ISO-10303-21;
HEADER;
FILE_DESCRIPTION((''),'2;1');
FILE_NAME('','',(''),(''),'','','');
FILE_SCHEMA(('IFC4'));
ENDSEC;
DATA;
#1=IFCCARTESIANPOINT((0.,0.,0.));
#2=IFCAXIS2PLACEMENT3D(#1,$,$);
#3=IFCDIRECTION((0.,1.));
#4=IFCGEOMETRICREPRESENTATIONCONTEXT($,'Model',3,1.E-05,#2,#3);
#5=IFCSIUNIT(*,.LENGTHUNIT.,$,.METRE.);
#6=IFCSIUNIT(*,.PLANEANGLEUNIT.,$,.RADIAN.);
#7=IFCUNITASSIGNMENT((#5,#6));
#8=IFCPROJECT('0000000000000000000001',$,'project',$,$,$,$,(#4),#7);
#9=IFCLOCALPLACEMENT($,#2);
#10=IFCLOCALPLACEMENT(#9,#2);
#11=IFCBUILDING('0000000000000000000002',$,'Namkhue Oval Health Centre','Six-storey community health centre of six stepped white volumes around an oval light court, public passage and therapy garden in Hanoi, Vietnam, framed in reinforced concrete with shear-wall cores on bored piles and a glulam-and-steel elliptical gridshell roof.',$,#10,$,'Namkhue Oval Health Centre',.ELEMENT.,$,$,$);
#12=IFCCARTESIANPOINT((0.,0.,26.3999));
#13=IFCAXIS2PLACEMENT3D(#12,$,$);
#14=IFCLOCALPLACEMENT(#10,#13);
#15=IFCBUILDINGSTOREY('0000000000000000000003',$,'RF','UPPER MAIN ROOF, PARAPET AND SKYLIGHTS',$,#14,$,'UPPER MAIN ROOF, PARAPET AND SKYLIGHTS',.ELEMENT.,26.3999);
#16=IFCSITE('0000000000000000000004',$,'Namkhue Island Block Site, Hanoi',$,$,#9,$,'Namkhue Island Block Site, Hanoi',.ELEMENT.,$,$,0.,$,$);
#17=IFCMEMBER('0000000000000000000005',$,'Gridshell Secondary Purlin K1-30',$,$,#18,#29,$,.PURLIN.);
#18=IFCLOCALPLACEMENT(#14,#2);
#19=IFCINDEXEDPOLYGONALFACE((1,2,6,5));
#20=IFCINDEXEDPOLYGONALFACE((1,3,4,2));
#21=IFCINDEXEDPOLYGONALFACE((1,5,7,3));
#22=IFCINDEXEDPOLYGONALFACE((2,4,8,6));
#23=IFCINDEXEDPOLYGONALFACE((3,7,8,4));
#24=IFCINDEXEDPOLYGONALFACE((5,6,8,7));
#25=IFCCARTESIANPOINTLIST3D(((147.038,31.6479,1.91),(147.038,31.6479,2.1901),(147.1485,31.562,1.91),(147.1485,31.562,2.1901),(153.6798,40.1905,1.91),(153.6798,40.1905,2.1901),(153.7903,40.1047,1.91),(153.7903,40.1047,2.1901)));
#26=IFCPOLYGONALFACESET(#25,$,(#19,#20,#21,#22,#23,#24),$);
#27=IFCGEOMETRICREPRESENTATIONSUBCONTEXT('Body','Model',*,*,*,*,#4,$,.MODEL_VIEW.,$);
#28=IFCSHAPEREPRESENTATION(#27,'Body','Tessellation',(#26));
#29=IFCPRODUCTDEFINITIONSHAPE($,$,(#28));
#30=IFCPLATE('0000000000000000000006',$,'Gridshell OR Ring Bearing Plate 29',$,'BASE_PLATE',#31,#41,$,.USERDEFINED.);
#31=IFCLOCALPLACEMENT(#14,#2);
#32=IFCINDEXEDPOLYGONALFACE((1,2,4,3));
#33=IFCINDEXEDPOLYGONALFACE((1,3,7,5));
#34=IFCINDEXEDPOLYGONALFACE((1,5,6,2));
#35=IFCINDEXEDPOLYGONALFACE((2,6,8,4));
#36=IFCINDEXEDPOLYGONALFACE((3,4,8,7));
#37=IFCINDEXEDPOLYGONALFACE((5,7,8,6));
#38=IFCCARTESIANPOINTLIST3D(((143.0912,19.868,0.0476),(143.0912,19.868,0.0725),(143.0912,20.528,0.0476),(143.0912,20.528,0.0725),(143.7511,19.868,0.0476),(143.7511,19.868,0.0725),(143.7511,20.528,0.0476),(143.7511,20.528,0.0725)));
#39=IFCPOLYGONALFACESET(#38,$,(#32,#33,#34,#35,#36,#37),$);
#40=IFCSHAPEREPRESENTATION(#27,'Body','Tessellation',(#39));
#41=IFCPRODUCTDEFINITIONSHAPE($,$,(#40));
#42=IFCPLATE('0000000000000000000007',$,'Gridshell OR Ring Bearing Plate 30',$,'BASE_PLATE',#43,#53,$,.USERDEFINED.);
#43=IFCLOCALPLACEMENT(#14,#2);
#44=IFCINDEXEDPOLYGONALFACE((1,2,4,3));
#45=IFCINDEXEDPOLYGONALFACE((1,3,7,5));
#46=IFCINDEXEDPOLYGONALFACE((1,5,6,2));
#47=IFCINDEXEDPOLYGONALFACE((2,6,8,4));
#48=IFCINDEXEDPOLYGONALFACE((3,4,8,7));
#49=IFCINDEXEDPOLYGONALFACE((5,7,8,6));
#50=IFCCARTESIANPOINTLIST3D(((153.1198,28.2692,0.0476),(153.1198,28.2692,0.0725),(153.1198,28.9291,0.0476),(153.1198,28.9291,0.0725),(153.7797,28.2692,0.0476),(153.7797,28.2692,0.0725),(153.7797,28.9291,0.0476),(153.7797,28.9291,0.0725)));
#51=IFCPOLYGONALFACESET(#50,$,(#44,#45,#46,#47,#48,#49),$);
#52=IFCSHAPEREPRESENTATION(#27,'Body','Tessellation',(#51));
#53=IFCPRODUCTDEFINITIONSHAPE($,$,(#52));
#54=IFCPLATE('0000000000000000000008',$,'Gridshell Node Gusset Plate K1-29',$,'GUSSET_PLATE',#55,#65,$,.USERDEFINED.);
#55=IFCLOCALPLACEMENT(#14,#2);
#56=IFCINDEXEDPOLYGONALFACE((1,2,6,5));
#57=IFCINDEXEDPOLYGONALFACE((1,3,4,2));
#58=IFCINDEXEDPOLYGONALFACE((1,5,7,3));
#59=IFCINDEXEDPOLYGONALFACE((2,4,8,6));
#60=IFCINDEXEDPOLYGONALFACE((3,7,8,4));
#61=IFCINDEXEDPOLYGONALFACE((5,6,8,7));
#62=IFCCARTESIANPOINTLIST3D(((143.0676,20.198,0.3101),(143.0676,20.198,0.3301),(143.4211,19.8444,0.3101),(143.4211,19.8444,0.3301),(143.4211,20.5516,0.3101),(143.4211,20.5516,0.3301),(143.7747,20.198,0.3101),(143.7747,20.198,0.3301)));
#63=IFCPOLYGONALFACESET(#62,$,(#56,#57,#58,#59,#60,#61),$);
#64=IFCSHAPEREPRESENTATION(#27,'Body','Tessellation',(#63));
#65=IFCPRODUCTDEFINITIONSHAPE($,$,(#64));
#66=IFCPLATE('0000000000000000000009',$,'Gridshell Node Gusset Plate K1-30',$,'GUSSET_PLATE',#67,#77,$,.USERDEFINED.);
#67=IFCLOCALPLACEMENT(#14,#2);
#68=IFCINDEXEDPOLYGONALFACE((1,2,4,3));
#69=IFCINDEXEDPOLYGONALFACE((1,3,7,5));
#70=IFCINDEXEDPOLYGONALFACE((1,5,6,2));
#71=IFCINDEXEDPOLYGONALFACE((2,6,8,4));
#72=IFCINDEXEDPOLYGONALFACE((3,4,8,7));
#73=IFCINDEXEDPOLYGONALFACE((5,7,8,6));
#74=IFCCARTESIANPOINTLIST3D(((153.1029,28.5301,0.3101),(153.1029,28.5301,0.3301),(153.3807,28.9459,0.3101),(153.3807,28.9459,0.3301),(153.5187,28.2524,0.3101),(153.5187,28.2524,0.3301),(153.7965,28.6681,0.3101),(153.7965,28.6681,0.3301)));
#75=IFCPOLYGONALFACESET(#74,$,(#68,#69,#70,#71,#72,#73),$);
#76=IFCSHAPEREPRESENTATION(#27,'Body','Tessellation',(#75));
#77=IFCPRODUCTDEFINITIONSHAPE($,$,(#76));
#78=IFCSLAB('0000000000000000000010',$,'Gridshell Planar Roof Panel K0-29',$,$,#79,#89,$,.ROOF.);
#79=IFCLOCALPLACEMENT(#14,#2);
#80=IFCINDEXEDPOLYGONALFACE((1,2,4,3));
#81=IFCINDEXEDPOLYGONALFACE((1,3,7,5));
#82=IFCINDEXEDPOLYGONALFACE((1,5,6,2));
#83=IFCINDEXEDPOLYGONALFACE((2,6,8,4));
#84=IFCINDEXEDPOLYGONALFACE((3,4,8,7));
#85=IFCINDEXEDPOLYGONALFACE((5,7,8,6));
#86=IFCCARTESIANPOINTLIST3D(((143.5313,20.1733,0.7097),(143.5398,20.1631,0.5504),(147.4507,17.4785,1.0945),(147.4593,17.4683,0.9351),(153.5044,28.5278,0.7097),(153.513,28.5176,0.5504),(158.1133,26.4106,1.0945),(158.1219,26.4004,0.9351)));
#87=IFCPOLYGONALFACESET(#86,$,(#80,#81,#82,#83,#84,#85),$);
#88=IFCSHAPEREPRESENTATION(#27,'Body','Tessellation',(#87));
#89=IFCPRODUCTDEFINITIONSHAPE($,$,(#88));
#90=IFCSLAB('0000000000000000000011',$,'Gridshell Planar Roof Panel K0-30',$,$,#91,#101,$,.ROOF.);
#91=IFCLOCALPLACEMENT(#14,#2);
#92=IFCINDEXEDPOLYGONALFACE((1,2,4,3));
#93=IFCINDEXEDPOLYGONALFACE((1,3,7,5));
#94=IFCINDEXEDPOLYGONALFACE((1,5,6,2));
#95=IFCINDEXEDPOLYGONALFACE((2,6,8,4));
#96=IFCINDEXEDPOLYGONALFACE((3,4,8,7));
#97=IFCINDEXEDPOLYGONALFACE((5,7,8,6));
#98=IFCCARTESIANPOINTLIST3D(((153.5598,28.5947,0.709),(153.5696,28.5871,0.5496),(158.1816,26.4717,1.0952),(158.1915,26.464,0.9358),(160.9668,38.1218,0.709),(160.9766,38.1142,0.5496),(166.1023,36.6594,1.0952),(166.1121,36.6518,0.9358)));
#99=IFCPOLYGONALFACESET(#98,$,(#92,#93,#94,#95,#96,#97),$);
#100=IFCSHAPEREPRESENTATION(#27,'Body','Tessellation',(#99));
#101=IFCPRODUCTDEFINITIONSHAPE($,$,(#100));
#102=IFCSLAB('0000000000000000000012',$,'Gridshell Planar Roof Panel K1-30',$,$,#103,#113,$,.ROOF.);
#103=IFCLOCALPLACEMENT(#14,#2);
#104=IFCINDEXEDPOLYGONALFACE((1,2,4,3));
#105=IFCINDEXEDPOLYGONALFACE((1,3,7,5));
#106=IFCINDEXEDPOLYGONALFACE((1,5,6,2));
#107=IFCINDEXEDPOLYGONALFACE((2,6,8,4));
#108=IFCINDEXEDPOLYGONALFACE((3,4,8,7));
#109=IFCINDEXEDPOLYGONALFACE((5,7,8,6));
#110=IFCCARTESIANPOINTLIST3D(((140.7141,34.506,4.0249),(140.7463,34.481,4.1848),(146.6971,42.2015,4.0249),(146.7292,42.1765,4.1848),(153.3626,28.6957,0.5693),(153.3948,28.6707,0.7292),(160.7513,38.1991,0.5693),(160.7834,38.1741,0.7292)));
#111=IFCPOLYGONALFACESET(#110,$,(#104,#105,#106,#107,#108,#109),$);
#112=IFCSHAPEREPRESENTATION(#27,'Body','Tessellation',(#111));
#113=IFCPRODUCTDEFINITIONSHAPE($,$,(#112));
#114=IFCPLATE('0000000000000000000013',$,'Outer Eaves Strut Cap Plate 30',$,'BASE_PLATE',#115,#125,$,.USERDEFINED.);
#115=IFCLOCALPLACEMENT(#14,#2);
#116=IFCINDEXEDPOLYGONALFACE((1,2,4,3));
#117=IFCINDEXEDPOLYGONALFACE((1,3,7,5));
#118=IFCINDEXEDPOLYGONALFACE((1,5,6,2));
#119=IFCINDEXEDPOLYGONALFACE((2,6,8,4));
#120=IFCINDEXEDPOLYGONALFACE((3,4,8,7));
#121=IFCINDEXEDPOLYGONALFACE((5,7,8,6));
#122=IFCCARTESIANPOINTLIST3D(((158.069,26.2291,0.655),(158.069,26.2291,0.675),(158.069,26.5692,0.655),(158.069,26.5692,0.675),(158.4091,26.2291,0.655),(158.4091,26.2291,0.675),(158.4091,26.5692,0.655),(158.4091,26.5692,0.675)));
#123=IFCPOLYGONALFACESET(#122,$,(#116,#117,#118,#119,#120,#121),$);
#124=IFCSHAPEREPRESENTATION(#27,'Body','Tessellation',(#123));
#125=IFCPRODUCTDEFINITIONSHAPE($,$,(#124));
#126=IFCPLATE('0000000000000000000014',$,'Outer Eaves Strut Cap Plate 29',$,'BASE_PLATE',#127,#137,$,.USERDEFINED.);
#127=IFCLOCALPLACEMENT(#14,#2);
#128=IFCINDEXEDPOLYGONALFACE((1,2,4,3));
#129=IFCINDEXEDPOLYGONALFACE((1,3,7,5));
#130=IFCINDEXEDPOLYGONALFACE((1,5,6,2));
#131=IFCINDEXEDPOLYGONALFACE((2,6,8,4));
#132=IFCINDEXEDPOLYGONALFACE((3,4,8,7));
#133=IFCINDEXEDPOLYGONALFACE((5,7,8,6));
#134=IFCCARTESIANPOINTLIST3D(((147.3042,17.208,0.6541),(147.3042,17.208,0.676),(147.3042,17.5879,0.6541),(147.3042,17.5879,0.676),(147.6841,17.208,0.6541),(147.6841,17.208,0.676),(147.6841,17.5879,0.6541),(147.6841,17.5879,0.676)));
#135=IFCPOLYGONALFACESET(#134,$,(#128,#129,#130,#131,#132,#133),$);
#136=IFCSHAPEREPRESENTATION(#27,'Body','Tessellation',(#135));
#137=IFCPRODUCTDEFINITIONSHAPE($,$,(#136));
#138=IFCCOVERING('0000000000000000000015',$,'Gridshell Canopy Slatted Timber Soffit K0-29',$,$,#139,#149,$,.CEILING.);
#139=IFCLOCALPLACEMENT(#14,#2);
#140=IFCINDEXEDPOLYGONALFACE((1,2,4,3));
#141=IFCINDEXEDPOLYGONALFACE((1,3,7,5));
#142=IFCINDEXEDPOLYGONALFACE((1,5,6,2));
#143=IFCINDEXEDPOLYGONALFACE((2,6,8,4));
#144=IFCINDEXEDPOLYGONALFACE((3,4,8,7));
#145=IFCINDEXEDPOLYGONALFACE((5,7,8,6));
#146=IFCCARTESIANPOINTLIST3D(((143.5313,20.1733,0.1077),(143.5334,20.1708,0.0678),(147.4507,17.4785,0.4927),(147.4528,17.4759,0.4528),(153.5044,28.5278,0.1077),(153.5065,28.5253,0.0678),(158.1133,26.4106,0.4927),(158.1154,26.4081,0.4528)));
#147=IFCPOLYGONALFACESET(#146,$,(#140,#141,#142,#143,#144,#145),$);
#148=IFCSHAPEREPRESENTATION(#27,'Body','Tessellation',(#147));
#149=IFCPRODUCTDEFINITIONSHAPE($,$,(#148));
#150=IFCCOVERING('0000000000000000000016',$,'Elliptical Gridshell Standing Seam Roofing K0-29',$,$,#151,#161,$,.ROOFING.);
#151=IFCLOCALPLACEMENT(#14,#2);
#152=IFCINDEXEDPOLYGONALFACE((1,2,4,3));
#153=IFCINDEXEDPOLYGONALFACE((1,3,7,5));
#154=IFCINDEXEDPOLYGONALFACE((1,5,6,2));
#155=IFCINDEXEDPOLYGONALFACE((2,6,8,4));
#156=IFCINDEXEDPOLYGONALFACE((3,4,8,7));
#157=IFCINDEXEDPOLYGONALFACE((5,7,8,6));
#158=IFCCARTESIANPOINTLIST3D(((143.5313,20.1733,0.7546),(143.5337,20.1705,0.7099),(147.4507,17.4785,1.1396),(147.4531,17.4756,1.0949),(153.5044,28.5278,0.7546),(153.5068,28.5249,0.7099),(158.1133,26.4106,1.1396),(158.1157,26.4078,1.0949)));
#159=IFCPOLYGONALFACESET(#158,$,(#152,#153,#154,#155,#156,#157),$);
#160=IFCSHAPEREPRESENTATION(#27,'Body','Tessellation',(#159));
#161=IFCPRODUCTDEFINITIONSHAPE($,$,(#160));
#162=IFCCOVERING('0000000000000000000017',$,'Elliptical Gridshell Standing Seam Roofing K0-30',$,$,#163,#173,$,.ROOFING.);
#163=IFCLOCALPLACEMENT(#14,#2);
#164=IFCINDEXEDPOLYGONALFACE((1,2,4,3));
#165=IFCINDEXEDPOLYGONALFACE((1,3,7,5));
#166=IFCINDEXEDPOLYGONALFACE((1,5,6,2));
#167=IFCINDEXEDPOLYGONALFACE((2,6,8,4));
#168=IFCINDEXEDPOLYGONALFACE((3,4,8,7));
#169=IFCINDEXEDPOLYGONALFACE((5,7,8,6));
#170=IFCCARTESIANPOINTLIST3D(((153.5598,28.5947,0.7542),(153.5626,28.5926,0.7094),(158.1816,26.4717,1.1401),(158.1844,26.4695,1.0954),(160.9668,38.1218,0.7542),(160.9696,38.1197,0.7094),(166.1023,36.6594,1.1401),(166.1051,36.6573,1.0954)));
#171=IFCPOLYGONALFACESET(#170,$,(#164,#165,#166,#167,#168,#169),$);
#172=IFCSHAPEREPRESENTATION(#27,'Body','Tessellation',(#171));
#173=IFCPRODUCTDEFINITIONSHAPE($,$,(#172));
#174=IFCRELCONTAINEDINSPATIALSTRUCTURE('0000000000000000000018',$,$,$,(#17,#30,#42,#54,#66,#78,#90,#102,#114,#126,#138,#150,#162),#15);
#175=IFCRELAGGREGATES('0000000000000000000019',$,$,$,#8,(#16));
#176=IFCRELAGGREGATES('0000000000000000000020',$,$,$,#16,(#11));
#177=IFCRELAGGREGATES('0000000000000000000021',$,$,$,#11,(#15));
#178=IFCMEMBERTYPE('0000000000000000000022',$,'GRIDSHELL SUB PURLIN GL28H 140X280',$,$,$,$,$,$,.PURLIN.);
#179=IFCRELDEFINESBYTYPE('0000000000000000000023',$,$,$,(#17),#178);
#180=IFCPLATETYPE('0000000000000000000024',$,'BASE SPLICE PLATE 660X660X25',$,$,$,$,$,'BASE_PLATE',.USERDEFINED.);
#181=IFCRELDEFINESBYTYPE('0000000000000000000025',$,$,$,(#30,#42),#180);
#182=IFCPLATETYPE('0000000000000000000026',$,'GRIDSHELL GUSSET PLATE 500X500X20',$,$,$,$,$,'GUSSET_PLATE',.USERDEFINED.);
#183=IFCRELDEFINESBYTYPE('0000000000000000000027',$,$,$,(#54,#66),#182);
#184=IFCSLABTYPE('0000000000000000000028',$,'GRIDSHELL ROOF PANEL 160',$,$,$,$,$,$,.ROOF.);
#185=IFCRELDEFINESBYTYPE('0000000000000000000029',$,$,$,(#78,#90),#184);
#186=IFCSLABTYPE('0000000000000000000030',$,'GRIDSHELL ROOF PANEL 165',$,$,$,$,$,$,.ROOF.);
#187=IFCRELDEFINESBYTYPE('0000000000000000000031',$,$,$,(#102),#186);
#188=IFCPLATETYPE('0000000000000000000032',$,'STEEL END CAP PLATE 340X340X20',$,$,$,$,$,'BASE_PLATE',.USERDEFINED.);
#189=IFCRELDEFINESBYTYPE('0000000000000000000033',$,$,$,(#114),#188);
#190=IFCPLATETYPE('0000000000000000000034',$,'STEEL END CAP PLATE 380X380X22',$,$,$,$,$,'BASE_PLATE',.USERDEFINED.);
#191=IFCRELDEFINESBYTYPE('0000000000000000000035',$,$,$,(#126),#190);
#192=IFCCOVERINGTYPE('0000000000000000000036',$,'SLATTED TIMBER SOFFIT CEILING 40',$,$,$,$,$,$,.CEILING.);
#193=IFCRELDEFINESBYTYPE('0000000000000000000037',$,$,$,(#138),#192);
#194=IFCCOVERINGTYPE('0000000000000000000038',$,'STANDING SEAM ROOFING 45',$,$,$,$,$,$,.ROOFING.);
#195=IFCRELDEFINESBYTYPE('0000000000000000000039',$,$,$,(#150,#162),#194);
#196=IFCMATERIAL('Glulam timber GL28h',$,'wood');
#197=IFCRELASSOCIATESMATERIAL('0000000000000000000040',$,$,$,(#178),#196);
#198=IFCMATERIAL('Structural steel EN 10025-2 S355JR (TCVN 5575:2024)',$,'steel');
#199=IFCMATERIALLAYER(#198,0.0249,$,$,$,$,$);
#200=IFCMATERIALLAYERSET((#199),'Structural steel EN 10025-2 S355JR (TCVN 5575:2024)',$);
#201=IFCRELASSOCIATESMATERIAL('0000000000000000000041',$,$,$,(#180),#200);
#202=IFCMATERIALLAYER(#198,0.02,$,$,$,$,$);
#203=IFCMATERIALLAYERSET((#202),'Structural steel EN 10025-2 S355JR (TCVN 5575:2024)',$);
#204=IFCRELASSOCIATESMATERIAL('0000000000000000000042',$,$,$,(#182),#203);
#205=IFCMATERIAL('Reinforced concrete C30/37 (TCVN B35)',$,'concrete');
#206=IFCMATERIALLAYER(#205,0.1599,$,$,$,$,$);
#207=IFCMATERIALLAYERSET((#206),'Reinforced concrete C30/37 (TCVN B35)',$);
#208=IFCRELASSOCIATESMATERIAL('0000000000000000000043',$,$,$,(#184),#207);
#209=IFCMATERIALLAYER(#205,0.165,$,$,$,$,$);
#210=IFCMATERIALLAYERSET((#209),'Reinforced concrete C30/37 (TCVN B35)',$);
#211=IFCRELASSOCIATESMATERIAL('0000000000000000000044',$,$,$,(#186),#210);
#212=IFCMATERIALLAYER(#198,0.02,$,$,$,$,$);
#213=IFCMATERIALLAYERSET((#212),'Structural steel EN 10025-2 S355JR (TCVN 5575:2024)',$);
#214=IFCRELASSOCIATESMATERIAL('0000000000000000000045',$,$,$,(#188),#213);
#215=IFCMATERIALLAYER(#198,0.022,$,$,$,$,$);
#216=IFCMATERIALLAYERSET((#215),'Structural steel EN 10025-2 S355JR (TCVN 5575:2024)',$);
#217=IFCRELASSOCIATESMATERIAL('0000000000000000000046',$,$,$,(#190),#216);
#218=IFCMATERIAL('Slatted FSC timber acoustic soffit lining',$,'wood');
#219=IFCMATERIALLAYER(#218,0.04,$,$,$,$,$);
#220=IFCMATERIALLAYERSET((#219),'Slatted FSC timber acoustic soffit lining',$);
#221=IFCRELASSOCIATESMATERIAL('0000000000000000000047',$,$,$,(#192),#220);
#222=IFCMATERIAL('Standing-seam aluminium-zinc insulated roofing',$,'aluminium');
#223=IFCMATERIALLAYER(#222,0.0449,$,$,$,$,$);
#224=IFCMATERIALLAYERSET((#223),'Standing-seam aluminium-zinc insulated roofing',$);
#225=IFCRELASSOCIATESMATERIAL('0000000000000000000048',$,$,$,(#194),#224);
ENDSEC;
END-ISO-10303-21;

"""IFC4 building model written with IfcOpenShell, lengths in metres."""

from ifc_helpers import new_model, si_unit, direction, frame, origin, origin_2d, place, context, subcontext, project, spatial, polyline, rectangle, outline, extrude, material, layer, layer_set, material_profile, profile_set, type_object, element, save


model = new_model("IFC4")

# Units and contexts
model_context = context("Model", 3, precision=1e-05, world=origin(), true_north=direction((0.0, 1.0)))
body_context = subcontext(model_context, "Body", "Model", "MODEL_VIEW")
ifc_project = project(units=[si_unit("LENGTHUNIT", "METRE"), si_unit("PLANEANGLEUNIT", "RADIAN")], contexts=[model_context])

# Site, building, storey
site_placement = place(None, origin())
site = spatial("IfcSite", under=ifc_project, at=site_placement, Name="Namkhue Island Block Site, Hanoi", LongName="Namkhue Island Block Site, Hanoi", CompositionType="ELEMENT", RefElevation=0.0)
building_placement = place(site_placement, origin())
building = spatial("IfcBuilding", under=site, at=building_placement, Name="Namkhue Oval Health Centre", Description="Six-storey community health centre of six stepped white volumes around an oval light court, public passage and therapy garden in Hanoi, Vietnam, framed in reinforced concrete with shear-wall cores on bored piles and a glulam-and-steel elliptical gridshell roof.", LongName="Namkhue Oval Health Centre", CompositionType="ELEMENT")
storey_placement = place(building_placement, frame((0.0, 0.0, 26.3999)))
storey = spatial("IfcBuildingStorey", under=building, at=storey_placement, Name="RF", Description="UPPER MAIN ROOF, PARAPET AND SKYLIGHTS", LongName="UPPER MAIN ROOF, PARAPET AND SKYLIGHTS", CompositionType="ELEMENT", Elevation=26.3999)

# Member
ifc_material_1 = material(Name="Structural steel EN 10025-2 S355JR (TCVN 5575:2024)", Category="steel")
ifc_material_2 = material(Name="Glulam timber GL28h", Category="wood")
ifc_material_profile_1 = material_profile(ifc_material_2, rectangle(XDim=0.1399, YDim=0.28, at=origin_2d()), Name="GL28h 140x280")
ifc_profile_set_1 = profile_set([ifc_material_profile_1], Name="Glulam timber GL28h")
member_type_1 = type_object("IfcMemberType", Name="GRIDSHELL SUB PURLIN GL28H 140X280", PredefinedType="PURLIN", material=ifc_profile_set_1)
member_1_placement = place(storey_placement, frame((147.0933, 31.605, 2.05), z_axis=(0.613797, 0.789464, 0.0), x_axis=(-0.789464, 0.613797, 0.0)))
element("IfcMember", 1, at=member_1_placement, inside=storey, type_object=member_type_1, Name="Gridshell Secondary Purlin K1-30", PredefinedType="PURLIN", context=body_context, shape_type="SweptSolid", body=[
    extrude(rectangle(XDim=0.1399, YDim=0.28, at=origin_2d()), origin(), (0.0, 0.0, 1.0), 10.8208),
])

# Plates
ifc_layer_1 = layer(ifc_material_1, 0.0249)
ifc_layer_set_1 = layer_set([ifc_layer_1], Name="Structural steel EN 10025-2 S355JR (TCVN 5575:2024)")
plate_type_1 = type_object("IfcPlateType", Name="BASE SPLICE PLATE 660X660X25", ElementType="BASE_PLATE", PredefinedType="USERDEFINED", material=ifc_layer_set_1)
for number, where, z_axis, x_axis, name in (
    (2, (143.4211, 20.198, 0.0476), (0.0, 0.0, 1.0), (1.0, 0.0, 0.0), "Gridshell OR Ring Bearing Plate 29"),
    (3, (153.4497, 28.5991, 0.0476), (0.0, 0.0, 1.0), (1.0, 0.0, 0.0), "Gridshell OR Ring Bearing Plate 30"),
):
    element("IfcPlate", number, at=place(storey_placement, frame(where, z_axis=z_axis, x_axis=x_axis)), inside=storey, type_object=plate_type_1, Name=name, ObjectType="BASE_PLATE", PredefinedType="USERDEFINED", context=body_context, shape_type="SweptSolid", body=[
        extrude(rectangle(XDim=0.6599, YDim=0.6599, at=origin_2d()), origin(), (0.0, 0.0, 1.0), 0.0249),
    ])
ifc_layer_2 = layer(ifc_material_1, 0.02)
ifc_layer_set_2 = layer_set([ifc_layer_2], Name="Structural steel EN 10025-2 S355JR (TCVN 5575:2024)")
plate_type_2 = type_object("IfcPlateType", Name="GRIDSHELL GUSSET PLATE 500X500X20", ElementType="GUSSET_PLATE", PredefinedType="USERDEFINED", material=ifc_layer_set_2)
for number, where, z_axis, x_axis, name in (
    (4, (143.4211, 20.198, 0.3101), (0.0, 0.0, 1.0), (0.707107, -0.707107, 0.0), "Gridshell Node Gusset Plate K1-29"),
    (5, (153.4497, 28.5991, 0.3101), (0.0, 0.0, 1.0), (0.83147, -0.55557, 0.0), "Gridshell Node Gusset Plate K1-30"),
):
    element("IfcPlate", number, at=place(storey_placement, frame(where, z_axis=z_axis, x_axis=x_axis)), inside=storey, type_object=plate_type_2, Name=name, ObjectType="GUSSET_PLATE", PredefinedType="USERDEFINED", context=body_context, shape_type="SweptSolid", body=[
        extrude(rectangle(XDim=0.5, YDim=0.5, at=origin_2d()), origin(), (0.0, 0.0, 1.0), 0.02),
    ])

# Slabs
ifc_material_3 = material(Name="Reinforced concrete C30/37 (TCVN B35)", Category="concrete")
ifc_layer_3 = layer(ifc_material_3, 0.1599)
ifc_layer_set_3 = layer_set([ifc_layer_3], Name="Reinforced concrete C30/37 (TCVN B35)")
slab_type_1 = type_object("IfcSlabType", Name="GRIDSHELL ROOF PANEL 160", PredefinedType="ROOF", material=ifc_layer_set_3)
slab_1_placement = place(storey_placement, frame((147.4507, 17.4785, 1.0945), z_axis=(-0.053728, 0.064137, 0.996494), x_axis=(0.76657, 0.642161, 0.0)))
element("IfcSlab", 6, at=slab_1_placement, inside=storey, type_object=slab_type_1, Name="Gridshell Planar Roof Panel K0-29", PredefinedType="ROOF", context=body_context, shape_type="SweptSolid", body=[
    extrude(outline(polyline([(0.0, 0.0), (13.9095, 0.0), (11.736, 4.5987), (-1.274, 4.5988), (0.0, 0.0)])), origin(), (0.0, 0.0, -1.0), 0.1599),
])
slab_2_placement = place(storey_placement, frame((158.1816, 26.4717, 1.0952), z_axis=(-0.061389, 0.047728, 0.996972), x_axis=(0.613789, 0.78947, 0.0)))
element("IfcSlab", 7, at=slab_2_placement, inside=storey, type_object=slab_type_1, Name="Gridshell Planar Roof Panel K0-30", PredefinedType="ROOF", context=body_context, shape_type="SweptSolid", body=[
    extrude(outline(polyline([(0.0, 0.0), (12.9045, 0.0), (10.9069, 4.967), (-1.1607, 4.9669), (0.0, 0.0)])), origin(), (0.0, 0.0, -1.0), 0.1599),
])
ifc_layer_4 = layer(ifc_material_3, 0.165)
ifc_layer_set_4 = layer_set([ifc_layer_4], Name="Reinforced concrete C30/37 (TCVN B35)")
slab_type_2 = type_object("IfcSlabType", Name="GRIDSHELL ROOF PANEL 165", PredefinedType="ROOF", material=ifc_layer_set_4)
slab_3_placement = place(storey_placement, frame((153.3948, 28.6707, 0.7292), z_axis=(0.195063, -0.151655, 0.968995), x_axis=(0.613791, 0.789468, -0.000002)))
element("IfcSlab", 8, at=slab_3_placement, inside=storey, type_object=slab_type_2, Name="Gridshell Planar Roof Panel K1-30", PredefinedType="ROOF", context=body_context, shape_type="SweptSolid", body=[
    extrude(outline(polyline([(0.0, 0.0), (12.0378, 0.0), (6.5712, 13.9856), (-3.1765, 13.9855), (0.0, 0.0)])), origin(), (0.0, 0.0, -1.0), 0.165),
])

# Plates
ifc_layer_5 = layer(ifc_material_1, 0.02)
ifc_layer_set_5 = layer_set([ifc_layer_5], Name="Structural steel EN 10025-2 S355JR (TCVN 5575:2024)")
plate_type_3 = type_object("IfcPlateType", Name="STEEL END CAP PLATE 340X340X20", ElementType="BASE_PLATE", PredefinedType="USERDEFINED", material=ifc_layer_set_5)
plate_1_placement = place(storey_placement, frame((158.239, 26.3992, 0.655), z_axis=(0.0, 0.0, 1.0), x_axis=(1.0, 0.0, 0.0)))
element("IfcPlate", 9, at=plate_1_placement, inside=storey, type_object=plate_type_3, Name="Outer Eaves Strut Cap Plate 30", ObjectType="BASE_PLATE", PredefinedType="USERDEFINED", context=body_context, shape_type="SweptSolid", body=[
    extrude(rectangle(XDim=0.3401, YDim=0.3401, at=origin_2d()), origin(), (0.0, 0.0, 1.0), 0.02),
])
ifc_layer_6 = layer(ifc_material_1, 0.022)
ifc_layer_set_6 = layer_set([ifc_layer_6], Name="Structural steel EN 10025-2 S355JR (TCVN 5575:2024)")
plate_type_4 = type_object("IfcPlateType", Name="STEEL END CAP PLATE 380X380X22", ElementType="BASE_PLATE", PredefinedType="USERDEFINED", material=ifc_layer_set_6)
plate_2_placement = place(storey_placement, frame((147.4941, 17.3979, 0.6541), z_axis=(0.0, 0.0, 1.0), x_axis=(1.0, 0.0, 0.0)))
element("IfcPlate", 10, at=plate_2_placement, inside=storey, type_object=plate_type_4, Name="Outer Eaves Strut Cap Plate 29", ObjectType="BASE_PLATE", PredefinedType="USERDEFINED", context=body_context, shape_type="SweptSolid", body=[
    extrude(rectangle(XDim=0.3799, YDim=0.3799, at=origin_2d()), origin(), (0.0, 0.0, 1.0), 0.022),
])

# Coverings
ifc_material_4 = material(Name="Slatted FSC timber acoustic soffit lining", Category="wood")
ifc_layer_7 = layer(ifc_material_4, 0.04)
ifc_layer_set_7 = layer_set([ifc_layer_7], Name="Slatted FSC timber acoustic soffit lining")
covering_type_1 = type_object("IfcCoveringType", Name="SLATTED TIMBER SOFFIT CEILING 40", PredefinedType="CEILING", material=ifc_layer_set_7)
covering_1_placement = place(storey_placement, frame((147.4507, 17.4785, 0.4927), z_axis=(-0.053761, 0.064177, 0.996489), x_axis=(0.76657, 0.642161, 0.0)))
element("IfcCovering", 11, at=covering_1_placement, inside=storey, type_object=covering_type_1, Name="Gridshell Canopy Slatted Timber Soffit K0-29", PredefinedType="CEILING", context=body_context, shape_type="SweptSolid", body=[
    extrude(outline(polyline([(0.0, 0.0), (13.9095, 0.0), (11.736, 4.5988), (-1.274, 4.5988), (0.0, 0.0)])), origin(), (0.0, 0.0, -1.0), 0.04),
])
ifc_material_5 = material(Name="Standing-seam aluminium-zinc insulated roofing", Category="aluminium")
ifc_layer_8 = layer(ifc_material_5, 0.0449)
ifc_layer_set_8 = layer_set([ifc_layer_8], Name="Standing-seam aluminium-zinc insulated roofing")
covering_type_2 = type_object("IfcCoveringType", Name="STANDING SEAM ROOFING 45", PredefinedType="ROOFING", material=ifc_layer_set_8)
covering_2_placement = place(storey_placement, frame((147.4507, 17.4785, 1.1396), z_axis=(-0.053761, 0.064177, 0.996489), x_axis=(0.76657, 0.642161, 0.0)))
element("IfcCovering", 12, at=covering_2_placement, inside=storey, type_object=covering_type_2, Name="Elliptical Gridshell Standing Seam Roofing K0-29", PredefinedType="ROOFING", context=body_context, shape_type="SweptSolid", body=[
    extrude(outline(polyline([(0.0, 0.0), (13.9095, 0.0), (11.736, 4.5988), (-1.274, 4.5988), (0.0, 0.0)])), origin(), (0.0, 0.0, -1.0), 0.0449),
])
covering_3_placement = place(storey_placement, frame((158.1816, 26.4717, 1.1401), z_axis=(-0.061351, 0.047698, 0.996976), x_axis=(0.613789, 0.78947, 0.0)))
element("IfcCovering", 13, at=covering_3_placement, inside=storey, type_object=covering_type_2, Name="Elliptical Gridshell Standing Seam Roofing K0-30", PredefinedType="ROOFING", context=body_context, shape_type="SweptSolid", body=[
    extrude(outline(polyline([(0.0, 0.0), (12.9045, 0.0), (10.9069, 4.9669), (-1.1607, 4.9669), (0.0, 0.0)])), origin(), (0.0, 0.0, -1.0), 0.0449),
])

save(model, "model.ifc")
